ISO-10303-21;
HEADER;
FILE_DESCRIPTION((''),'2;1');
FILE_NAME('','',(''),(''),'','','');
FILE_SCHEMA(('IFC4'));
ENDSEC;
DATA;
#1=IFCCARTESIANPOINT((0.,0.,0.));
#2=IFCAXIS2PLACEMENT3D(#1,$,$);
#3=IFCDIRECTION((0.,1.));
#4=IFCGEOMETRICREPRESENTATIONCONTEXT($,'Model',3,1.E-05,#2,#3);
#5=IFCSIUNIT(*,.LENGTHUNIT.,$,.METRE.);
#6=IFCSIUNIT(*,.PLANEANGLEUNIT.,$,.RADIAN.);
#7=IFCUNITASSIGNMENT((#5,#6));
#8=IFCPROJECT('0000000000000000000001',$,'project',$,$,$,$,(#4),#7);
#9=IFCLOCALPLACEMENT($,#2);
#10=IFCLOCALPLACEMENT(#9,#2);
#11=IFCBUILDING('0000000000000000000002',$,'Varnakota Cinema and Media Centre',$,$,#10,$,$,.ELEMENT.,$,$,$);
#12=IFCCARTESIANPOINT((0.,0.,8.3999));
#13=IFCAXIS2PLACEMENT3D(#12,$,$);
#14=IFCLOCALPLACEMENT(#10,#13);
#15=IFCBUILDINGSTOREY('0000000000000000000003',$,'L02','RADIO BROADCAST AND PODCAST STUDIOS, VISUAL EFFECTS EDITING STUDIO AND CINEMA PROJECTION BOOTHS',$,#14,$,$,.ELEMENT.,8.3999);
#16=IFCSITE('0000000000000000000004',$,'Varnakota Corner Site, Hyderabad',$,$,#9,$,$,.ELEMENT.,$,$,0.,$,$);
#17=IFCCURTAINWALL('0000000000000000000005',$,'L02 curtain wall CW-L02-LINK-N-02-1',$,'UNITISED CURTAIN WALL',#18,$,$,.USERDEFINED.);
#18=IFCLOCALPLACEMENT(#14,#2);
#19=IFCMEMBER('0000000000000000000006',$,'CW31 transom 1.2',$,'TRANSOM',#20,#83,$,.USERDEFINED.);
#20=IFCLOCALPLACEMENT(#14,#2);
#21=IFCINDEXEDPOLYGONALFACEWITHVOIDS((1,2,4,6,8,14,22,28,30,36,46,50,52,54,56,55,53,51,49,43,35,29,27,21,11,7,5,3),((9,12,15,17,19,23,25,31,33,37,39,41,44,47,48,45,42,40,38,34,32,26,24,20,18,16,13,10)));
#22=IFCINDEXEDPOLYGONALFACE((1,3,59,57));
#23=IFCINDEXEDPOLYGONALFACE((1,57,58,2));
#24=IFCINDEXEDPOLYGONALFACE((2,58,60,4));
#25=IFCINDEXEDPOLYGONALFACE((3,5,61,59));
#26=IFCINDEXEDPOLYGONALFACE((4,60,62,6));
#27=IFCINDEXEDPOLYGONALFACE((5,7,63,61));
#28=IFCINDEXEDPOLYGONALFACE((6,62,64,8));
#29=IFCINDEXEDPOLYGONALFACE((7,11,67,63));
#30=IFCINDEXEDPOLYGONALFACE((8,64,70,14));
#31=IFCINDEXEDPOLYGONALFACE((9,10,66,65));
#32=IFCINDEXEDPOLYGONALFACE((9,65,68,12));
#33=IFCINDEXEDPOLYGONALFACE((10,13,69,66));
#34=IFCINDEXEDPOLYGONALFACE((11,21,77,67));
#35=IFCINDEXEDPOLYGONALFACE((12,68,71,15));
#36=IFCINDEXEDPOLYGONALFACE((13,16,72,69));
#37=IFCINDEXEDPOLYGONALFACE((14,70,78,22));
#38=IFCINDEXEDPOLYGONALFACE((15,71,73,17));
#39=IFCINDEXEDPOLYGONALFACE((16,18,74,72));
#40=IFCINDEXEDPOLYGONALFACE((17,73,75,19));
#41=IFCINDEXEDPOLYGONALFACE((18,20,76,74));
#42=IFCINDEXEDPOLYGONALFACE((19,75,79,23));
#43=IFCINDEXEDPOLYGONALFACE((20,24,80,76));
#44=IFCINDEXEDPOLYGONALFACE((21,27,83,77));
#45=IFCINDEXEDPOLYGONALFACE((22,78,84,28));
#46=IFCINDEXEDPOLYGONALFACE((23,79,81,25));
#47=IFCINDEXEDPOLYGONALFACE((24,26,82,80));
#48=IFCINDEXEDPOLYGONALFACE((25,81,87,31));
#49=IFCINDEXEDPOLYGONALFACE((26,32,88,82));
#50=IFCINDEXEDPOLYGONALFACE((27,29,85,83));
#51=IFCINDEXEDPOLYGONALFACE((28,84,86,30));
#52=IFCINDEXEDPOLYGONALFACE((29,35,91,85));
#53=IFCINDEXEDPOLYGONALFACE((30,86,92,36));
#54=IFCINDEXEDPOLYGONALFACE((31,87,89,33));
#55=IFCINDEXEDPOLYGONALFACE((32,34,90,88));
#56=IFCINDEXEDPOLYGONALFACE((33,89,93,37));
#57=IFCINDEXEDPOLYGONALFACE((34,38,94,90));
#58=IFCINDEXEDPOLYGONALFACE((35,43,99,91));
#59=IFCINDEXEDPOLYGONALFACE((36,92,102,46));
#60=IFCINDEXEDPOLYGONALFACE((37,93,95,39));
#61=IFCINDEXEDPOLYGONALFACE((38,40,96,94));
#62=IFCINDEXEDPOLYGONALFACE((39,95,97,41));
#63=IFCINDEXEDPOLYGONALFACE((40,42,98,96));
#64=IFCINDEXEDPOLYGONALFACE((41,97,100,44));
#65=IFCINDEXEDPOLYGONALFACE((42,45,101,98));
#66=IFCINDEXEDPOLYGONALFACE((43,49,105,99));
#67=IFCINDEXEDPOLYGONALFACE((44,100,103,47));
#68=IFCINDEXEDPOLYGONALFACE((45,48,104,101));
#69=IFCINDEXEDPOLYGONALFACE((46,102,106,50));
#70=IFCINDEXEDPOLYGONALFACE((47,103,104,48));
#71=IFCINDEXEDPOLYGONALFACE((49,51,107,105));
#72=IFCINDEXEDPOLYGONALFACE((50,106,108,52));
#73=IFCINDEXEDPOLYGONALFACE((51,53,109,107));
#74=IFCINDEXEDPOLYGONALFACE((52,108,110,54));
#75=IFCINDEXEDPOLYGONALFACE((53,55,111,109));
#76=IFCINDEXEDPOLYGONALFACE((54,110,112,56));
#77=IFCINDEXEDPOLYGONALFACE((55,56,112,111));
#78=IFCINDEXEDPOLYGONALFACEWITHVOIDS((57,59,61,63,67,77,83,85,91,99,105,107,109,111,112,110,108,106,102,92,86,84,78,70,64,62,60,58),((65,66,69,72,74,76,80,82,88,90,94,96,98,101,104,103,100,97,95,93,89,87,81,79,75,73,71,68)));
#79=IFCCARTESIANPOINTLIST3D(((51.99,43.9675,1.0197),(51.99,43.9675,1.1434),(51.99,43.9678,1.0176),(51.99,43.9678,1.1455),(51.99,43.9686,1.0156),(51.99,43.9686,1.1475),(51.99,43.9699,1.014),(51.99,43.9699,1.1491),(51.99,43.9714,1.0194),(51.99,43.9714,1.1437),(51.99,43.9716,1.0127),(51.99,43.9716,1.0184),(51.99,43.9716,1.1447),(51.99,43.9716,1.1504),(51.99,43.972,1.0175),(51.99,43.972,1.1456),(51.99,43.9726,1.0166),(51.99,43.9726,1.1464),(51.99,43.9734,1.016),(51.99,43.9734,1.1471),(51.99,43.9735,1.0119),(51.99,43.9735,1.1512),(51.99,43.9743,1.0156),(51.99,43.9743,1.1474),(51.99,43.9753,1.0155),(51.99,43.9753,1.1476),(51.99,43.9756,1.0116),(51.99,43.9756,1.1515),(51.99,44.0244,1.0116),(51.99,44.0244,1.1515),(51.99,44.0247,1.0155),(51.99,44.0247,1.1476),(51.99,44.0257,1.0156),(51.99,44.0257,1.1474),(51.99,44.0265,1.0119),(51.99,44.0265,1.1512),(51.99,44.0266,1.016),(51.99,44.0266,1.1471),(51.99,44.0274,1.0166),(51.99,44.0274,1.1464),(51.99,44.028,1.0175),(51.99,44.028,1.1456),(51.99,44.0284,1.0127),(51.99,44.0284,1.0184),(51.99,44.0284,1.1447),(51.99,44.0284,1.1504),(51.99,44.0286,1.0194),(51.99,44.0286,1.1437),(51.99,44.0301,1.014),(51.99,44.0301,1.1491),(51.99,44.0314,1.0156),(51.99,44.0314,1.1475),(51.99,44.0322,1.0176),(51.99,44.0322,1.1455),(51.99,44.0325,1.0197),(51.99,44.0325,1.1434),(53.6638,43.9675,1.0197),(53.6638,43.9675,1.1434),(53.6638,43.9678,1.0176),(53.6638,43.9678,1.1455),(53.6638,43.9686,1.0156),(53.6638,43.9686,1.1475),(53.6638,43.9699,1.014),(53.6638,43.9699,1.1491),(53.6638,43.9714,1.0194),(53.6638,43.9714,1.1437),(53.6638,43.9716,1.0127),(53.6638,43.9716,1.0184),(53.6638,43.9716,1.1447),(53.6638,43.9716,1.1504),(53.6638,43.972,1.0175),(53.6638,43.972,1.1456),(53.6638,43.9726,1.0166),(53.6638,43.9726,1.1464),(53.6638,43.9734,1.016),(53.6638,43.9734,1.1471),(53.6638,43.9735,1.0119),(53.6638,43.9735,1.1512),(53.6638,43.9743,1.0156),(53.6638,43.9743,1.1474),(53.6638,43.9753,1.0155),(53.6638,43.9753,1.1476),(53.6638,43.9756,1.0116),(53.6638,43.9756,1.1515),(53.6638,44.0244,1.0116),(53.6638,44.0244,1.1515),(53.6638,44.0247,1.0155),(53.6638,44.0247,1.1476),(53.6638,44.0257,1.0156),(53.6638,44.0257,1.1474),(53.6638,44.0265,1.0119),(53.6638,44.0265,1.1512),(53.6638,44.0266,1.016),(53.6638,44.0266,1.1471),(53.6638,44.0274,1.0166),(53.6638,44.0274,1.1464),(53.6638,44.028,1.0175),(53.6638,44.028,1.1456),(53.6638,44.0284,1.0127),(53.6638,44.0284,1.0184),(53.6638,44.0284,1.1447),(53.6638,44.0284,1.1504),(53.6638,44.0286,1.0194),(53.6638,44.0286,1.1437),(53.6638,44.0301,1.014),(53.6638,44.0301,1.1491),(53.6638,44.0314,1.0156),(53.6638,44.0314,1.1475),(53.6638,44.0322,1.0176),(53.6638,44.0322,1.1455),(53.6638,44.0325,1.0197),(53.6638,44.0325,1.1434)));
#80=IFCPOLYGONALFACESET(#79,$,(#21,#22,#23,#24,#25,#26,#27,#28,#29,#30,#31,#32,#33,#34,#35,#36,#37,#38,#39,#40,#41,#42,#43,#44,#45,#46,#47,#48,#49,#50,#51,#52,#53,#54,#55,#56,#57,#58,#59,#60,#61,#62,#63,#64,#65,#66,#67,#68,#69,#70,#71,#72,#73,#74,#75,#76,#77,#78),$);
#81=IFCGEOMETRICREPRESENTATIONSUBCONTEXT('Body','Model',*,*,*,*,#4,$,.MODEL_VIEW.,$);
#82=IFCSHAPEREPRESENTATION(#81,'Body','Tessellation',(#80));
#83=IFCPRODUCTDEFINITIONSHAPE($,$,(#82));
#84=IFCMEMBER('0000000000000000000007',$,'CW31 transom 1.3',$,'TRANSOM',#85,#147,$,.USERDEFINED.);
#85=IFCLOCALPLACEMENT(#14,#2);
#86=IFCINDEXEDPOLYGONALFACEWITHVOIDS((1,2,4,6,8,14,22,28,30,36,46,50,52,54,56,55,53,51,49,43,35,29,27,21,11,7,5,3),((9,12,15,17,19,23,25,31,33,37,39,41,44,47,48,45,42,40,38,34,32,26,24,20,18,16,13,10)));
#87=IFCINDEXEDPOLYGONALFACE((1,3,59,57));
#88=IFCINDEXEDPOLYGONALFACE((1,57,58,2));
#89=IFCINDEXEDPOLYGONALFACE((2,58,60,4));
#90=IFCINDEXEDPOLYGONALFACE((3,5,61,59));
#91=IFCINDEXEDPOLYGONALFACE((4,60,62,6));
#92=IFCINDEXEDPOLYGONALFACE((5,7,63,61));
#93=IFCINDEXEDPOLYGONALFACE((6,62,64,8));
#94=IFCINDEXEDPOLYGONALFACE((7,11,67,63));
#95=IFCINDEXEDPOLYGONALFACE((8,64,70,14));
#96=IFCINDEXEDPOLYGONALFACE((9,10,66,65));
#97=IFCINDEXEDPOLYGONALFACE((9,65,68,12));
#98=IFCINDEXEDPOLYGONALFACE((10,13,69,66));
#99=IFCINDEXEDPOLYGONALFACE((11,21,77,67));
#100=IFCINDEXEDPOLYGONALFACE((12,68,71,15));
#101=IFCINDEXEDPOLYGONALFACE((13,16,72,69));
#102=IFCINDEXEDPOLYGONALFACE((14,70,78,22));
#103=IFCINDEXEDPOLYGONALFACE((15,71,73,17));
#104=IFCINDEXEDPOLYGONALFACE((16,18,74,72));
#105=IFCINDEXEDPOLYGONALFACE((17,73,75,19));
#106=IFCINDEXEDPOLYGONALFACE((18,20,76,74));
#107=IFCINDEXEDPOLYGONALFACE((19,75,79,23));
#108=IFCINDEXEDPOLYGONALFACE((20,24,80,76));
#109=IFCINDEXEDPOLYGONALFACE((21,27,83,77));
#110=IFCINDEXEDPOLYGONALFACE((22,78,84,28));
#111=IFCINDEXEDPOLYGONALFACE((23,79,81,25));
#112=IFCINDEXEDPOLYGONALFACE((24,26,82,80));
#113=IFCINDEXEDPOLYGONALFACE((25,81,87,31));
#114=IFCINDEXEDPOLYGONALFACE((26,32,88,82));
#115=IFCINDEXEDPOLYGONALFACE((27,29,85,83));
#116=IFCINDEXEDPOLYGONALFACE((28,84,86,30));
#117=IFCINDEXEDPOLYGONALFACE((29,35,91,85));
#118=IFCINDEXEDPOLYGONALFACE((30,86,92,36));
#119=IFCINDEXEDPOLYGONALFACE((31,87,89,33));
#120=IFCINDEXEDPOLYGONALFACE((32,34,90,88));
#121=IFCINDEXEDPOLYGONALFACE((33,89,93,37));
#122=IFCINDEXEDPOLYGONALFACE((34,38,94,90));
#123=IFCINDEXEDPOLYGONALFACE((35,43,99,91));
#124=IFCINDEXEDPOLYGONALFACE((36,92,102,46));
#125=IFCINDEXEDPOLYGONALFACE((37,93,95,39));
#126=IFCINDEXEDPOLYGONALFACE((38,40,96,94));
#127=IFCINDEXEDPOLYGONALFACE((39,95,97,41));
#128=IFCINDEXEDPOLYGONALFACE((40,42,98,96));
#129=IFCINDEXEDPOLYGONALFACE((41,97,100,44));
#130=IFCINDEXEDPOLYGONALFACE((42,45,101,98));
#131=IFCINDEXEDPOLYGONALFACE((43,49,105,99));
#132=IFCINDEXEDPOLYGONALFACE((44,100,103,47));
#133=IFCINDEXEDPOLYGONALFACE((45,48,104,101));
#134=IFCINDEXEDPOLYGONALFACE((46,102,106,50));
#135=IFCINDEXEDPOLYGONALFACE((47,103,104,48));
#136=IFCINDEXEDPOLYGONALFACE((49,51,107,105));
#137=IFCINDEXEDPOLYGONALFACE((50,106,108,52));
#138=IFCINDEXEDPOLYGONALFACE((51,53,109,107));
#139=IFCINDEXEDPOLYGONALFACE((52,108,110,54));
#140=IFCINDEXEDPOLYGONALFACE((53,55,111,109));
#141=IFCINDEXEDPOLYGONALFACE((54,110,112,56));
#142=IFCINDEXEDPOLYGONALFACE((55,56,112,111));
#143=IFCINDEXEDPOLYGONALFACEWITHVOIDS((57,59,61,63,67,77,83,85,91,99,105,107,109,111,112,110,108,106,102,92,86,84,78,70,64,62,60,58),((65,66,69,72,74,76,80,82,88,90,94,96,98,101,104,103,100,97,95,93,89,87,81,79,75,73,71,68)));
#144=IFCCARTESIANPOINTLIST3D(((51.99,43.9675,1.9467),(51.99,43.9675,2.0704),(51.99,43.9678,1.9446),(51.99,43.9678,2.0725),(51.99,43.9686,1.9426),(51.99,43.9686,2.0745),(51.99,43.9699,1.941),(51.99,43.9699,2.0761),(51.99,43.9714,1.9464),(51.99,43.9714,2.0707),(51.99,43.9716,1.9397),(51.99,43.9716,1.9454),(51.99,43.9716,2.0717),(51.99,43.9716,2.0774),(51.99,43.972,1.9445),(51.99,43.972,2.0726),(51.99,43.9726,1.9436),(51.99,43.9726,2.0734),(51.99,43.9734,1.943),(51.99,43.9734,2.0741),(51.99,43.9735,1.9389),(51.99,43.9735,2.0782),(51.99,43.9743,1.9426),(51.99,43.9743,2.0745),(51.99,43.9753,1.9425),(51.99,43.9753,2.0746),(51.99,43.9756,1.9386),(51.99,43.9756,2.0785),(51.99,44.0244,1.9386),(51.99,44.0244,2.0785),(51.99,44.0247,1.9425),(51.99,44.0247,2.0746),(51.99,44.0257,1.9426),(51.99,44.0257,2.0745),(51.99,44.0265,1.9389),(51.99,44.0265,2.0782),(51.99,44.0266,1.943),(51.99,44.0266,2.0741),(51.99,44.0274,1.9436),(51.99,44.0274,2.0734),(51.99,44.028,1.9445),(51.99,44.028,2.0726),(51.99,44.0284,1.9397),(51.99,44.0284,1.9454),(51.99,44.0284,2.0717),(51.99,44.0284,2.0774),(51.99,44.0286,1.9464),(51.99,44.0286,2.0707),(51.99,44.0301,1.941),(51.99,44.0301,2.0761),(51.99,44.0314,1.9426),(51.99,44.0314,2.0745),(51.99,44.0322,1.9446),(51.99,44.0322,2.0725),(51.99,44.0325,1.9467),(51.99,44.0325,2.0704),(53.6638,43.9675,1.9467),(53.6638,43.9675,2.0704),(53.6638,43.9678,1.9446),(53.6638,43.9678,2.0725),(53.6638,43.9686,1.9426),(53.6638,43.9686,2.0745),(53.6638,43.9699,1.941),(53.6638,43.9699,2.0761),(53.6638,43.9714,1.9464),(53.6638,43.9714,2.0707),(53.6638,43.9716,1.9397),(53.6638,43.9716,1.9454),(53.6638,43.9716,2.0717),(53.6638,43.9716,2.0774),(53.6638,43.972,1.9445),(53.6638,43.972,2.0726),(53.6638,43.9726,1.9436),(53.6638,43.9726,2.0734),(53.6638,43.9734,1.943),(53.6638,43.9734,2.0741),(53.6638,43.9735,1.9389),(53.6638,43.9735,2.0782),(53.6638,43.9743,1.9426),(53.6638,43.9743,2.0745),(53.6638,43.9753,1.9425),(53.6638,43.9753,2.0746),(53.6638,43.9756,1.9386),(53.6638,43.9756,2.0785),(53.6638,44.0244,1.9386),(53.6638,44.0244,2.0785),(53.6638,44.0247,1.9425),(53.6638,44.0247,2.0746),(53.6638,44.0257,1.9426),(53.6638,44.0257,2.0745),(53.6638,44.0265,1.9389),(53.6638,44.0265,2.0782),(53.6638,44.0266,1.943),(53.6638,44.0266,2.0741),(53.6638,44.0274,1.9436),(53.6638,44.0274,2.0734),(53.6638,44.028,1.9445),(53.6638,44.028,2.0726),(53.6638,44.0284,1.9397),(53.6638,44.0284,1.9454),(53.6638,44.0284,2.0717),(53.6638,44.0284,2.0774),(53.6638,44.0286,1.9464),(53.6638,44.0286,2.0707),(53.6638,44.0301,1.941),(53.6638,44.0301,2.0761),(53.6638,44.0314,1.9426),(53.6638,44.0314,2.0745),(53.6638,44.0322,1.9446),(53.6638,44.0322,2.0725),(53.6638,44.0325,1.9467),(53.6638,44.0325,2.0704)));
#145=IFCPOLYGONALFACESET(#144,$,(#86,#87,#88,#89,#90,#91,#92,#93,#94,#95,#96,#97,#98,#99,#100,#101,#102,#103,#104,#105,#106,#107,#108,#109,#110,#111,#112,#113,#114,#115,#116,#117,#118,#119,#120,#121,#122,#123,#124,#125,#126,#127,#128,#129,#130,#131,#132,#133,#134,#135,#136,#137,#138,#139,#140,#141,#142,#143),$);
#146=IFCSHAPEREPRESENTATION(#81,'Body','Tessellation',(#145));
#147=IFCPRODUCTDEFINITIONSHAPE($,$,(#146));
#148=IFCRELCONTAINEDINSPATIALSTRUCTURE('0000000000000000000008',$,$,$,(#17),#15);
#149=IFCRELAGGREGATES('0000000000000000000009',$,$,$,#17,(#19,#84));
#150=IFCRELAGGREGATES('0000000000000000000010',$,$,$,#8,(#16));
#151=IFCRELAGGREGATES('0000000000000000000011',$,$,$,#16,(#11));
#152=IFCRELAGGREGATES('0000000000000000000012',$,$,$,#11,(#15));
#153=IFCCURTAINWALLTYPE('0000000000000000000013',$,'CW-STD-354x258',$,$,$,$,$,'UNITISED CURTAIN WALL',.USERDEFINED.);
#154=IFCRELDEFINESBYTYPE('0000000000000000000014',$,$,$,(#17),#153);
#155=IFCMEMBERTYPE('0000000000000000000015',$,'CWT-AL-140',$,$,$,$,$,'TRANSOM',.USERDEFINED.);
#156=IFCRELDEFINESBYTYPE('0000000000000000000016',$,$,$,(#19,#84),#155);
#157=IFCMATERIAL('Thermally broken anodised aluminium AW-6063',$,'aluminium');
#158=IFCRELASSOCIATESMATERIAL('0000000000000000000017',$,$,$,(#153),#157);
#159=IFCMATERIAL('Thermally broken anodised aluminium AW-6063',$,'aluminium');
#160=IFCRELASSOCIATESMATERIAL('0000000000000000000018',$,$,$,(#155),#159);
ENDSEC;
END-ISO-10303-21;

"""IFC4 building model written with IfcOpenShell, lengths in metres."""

from ifc_helpers import new_model, si_unit, direction, frame, origin, origin_2d, place, context, subcontext, project, spatial, hollow_rectangle, extrude, material, material_profile, profile_set, type_object, element, aggregate, save


model = new_model("IFC4")

# Units and contexts
model_context = context("Model", 3, precision=1e-05, world=origin(), true_north=direction((0.0, 1.0)))
body_context = subcontext(model_context, "Body", "Model", "MODEL_VIEW")
ifc_project = project(units=[si_unit("LENGTHUNIT", "METRE"), si_unit("PLANEANGLEUNIT", "RADIAN")], contexts=[model_context])

# Site, building, storey
site_placement = place(None, origin())
site = spatial("IfcSite", under=ifc_project, at=site_placement, Name="Varnakota Corner Site, Hyderabad", CompositionType="ELEMENT", RefElevation=0.0)
building_placement = place(site_placement, origin())
building = spatial("IfcBuilding", under=site, at=building_placement, Name="Varnakota Cinema and Media Centre", CompositionType="ELEMENT")
storey_placement = place(building_placement, frame((0.0, 0.0, 8.3999)))
storey = spatial("IfcBuildingStorey", under=building, at=storey_placement, Name="L02", Description="RADIO BROADCAST AND PODCAST STUDIOS, VISUAL EFFECTS EDITING STUDIO AND CINEMA PROJECTION BOOTHS", CompositionType="ELEMENT", Elevation=8.3999)

# Curtain wall
ifc_material_1 = material(Name="Thermally broken anodised aluminium AW-6063", Category="aluminium")
curtain_wall_type = type_object("IfcCurtainWallType", Name="CW-STD-354x258", ElementType="UNITISED CURTAIN WALL", PredefinedType="USERDEFINED", material=ifc_material_1)
curtain_wall_1_placement = place(storey_placement, origin())
curtain_wall_1 = element("IfcCurtainWall", 1, at=curtain_wall_1_placement, inside=storey, type_object=curtain_wall_type, Name="L02 curtain wall CW-L02-LINK-N-02-1", ObjectType="UNITISED CURTAIN WALL", PredefinedType="USERDEFINED")

# Members
ifc_material_2 = material(Name="Thermally broken anodised aluminium AW-6063", Category="aluminium")
ifc_material_profile_1 = material_profile(ifc_material_2, hollow_rectangle(XDim=0.0649, YDim=0.1399, WallThickness=0.0039, InnerFilletRadius=0.0039, OuterFilletRadius=0.0081, at=origin_2d()), Name="AL-TRANSOM 140x65x4")
ifc_profile_set_1 = profile_set([ifc_material_profile_1], Name="Thermally broken anodised aluminium AW-6063")
member_type_1 = type_object("IfcMemberType", Name="CWT-AL-140", ElementType="TRANSOM", PredefinedType="USERDEFINED", material=ifc_profile_set_1)
member_1_placement = place(storey_placement, frame((51.99, 44.0, 1.0815), z_axis=(1.0, 0.0, 0.0), x_axis=(0.0, 1.0, 0.0)))
member_1 = element("IfcMember", 2, at=member_1_placement, type_object=member_type_1, Name="CW31 transom 1.2", ObjectType="TRANSOM", PredefinedType="USERDEFINED", context=body_context, shape_type="SweptSolid", body=[
    extrude(hollow_rectangle(XDim=0.0649, YDim=0.1399, WallThickness=0.0039, InnerFilletRadius=0.0039, OuterFilletRadius=0.0081, at=origin_2d()), origin(), (0.0, 0.0, 1.0), 1.6738),
])
member_2_placement = place(storey_placement, frame((51.99, 44.0, 2.0085), z_axis=(1.0, 0.0, 0.0), x_axis=(0.0, 1.0, 0.0)))
member_2 = element("IfcMember", 3, at=member_2_placement, type_object=member_type_1, Name="CW31 transom 1.3", ObjectType="TRANSOM", PredefinedType="USERDEFINED", context=body_context, shape_type="SweptSolid", body=[
    extrude(hollow_rectangle(XDim=0.0649, YDim=0.1399, WallThickness=0.0039, InnerFilletRadius=0.0039, OuterFilletRadius=0.0081, at=origin_2d()), origin(), (0.0, 0.0, 1.0), 1.6738),
])

aggregate(curtain_wall_1, [member_1, member_2])

save(model, "model.ifc")
